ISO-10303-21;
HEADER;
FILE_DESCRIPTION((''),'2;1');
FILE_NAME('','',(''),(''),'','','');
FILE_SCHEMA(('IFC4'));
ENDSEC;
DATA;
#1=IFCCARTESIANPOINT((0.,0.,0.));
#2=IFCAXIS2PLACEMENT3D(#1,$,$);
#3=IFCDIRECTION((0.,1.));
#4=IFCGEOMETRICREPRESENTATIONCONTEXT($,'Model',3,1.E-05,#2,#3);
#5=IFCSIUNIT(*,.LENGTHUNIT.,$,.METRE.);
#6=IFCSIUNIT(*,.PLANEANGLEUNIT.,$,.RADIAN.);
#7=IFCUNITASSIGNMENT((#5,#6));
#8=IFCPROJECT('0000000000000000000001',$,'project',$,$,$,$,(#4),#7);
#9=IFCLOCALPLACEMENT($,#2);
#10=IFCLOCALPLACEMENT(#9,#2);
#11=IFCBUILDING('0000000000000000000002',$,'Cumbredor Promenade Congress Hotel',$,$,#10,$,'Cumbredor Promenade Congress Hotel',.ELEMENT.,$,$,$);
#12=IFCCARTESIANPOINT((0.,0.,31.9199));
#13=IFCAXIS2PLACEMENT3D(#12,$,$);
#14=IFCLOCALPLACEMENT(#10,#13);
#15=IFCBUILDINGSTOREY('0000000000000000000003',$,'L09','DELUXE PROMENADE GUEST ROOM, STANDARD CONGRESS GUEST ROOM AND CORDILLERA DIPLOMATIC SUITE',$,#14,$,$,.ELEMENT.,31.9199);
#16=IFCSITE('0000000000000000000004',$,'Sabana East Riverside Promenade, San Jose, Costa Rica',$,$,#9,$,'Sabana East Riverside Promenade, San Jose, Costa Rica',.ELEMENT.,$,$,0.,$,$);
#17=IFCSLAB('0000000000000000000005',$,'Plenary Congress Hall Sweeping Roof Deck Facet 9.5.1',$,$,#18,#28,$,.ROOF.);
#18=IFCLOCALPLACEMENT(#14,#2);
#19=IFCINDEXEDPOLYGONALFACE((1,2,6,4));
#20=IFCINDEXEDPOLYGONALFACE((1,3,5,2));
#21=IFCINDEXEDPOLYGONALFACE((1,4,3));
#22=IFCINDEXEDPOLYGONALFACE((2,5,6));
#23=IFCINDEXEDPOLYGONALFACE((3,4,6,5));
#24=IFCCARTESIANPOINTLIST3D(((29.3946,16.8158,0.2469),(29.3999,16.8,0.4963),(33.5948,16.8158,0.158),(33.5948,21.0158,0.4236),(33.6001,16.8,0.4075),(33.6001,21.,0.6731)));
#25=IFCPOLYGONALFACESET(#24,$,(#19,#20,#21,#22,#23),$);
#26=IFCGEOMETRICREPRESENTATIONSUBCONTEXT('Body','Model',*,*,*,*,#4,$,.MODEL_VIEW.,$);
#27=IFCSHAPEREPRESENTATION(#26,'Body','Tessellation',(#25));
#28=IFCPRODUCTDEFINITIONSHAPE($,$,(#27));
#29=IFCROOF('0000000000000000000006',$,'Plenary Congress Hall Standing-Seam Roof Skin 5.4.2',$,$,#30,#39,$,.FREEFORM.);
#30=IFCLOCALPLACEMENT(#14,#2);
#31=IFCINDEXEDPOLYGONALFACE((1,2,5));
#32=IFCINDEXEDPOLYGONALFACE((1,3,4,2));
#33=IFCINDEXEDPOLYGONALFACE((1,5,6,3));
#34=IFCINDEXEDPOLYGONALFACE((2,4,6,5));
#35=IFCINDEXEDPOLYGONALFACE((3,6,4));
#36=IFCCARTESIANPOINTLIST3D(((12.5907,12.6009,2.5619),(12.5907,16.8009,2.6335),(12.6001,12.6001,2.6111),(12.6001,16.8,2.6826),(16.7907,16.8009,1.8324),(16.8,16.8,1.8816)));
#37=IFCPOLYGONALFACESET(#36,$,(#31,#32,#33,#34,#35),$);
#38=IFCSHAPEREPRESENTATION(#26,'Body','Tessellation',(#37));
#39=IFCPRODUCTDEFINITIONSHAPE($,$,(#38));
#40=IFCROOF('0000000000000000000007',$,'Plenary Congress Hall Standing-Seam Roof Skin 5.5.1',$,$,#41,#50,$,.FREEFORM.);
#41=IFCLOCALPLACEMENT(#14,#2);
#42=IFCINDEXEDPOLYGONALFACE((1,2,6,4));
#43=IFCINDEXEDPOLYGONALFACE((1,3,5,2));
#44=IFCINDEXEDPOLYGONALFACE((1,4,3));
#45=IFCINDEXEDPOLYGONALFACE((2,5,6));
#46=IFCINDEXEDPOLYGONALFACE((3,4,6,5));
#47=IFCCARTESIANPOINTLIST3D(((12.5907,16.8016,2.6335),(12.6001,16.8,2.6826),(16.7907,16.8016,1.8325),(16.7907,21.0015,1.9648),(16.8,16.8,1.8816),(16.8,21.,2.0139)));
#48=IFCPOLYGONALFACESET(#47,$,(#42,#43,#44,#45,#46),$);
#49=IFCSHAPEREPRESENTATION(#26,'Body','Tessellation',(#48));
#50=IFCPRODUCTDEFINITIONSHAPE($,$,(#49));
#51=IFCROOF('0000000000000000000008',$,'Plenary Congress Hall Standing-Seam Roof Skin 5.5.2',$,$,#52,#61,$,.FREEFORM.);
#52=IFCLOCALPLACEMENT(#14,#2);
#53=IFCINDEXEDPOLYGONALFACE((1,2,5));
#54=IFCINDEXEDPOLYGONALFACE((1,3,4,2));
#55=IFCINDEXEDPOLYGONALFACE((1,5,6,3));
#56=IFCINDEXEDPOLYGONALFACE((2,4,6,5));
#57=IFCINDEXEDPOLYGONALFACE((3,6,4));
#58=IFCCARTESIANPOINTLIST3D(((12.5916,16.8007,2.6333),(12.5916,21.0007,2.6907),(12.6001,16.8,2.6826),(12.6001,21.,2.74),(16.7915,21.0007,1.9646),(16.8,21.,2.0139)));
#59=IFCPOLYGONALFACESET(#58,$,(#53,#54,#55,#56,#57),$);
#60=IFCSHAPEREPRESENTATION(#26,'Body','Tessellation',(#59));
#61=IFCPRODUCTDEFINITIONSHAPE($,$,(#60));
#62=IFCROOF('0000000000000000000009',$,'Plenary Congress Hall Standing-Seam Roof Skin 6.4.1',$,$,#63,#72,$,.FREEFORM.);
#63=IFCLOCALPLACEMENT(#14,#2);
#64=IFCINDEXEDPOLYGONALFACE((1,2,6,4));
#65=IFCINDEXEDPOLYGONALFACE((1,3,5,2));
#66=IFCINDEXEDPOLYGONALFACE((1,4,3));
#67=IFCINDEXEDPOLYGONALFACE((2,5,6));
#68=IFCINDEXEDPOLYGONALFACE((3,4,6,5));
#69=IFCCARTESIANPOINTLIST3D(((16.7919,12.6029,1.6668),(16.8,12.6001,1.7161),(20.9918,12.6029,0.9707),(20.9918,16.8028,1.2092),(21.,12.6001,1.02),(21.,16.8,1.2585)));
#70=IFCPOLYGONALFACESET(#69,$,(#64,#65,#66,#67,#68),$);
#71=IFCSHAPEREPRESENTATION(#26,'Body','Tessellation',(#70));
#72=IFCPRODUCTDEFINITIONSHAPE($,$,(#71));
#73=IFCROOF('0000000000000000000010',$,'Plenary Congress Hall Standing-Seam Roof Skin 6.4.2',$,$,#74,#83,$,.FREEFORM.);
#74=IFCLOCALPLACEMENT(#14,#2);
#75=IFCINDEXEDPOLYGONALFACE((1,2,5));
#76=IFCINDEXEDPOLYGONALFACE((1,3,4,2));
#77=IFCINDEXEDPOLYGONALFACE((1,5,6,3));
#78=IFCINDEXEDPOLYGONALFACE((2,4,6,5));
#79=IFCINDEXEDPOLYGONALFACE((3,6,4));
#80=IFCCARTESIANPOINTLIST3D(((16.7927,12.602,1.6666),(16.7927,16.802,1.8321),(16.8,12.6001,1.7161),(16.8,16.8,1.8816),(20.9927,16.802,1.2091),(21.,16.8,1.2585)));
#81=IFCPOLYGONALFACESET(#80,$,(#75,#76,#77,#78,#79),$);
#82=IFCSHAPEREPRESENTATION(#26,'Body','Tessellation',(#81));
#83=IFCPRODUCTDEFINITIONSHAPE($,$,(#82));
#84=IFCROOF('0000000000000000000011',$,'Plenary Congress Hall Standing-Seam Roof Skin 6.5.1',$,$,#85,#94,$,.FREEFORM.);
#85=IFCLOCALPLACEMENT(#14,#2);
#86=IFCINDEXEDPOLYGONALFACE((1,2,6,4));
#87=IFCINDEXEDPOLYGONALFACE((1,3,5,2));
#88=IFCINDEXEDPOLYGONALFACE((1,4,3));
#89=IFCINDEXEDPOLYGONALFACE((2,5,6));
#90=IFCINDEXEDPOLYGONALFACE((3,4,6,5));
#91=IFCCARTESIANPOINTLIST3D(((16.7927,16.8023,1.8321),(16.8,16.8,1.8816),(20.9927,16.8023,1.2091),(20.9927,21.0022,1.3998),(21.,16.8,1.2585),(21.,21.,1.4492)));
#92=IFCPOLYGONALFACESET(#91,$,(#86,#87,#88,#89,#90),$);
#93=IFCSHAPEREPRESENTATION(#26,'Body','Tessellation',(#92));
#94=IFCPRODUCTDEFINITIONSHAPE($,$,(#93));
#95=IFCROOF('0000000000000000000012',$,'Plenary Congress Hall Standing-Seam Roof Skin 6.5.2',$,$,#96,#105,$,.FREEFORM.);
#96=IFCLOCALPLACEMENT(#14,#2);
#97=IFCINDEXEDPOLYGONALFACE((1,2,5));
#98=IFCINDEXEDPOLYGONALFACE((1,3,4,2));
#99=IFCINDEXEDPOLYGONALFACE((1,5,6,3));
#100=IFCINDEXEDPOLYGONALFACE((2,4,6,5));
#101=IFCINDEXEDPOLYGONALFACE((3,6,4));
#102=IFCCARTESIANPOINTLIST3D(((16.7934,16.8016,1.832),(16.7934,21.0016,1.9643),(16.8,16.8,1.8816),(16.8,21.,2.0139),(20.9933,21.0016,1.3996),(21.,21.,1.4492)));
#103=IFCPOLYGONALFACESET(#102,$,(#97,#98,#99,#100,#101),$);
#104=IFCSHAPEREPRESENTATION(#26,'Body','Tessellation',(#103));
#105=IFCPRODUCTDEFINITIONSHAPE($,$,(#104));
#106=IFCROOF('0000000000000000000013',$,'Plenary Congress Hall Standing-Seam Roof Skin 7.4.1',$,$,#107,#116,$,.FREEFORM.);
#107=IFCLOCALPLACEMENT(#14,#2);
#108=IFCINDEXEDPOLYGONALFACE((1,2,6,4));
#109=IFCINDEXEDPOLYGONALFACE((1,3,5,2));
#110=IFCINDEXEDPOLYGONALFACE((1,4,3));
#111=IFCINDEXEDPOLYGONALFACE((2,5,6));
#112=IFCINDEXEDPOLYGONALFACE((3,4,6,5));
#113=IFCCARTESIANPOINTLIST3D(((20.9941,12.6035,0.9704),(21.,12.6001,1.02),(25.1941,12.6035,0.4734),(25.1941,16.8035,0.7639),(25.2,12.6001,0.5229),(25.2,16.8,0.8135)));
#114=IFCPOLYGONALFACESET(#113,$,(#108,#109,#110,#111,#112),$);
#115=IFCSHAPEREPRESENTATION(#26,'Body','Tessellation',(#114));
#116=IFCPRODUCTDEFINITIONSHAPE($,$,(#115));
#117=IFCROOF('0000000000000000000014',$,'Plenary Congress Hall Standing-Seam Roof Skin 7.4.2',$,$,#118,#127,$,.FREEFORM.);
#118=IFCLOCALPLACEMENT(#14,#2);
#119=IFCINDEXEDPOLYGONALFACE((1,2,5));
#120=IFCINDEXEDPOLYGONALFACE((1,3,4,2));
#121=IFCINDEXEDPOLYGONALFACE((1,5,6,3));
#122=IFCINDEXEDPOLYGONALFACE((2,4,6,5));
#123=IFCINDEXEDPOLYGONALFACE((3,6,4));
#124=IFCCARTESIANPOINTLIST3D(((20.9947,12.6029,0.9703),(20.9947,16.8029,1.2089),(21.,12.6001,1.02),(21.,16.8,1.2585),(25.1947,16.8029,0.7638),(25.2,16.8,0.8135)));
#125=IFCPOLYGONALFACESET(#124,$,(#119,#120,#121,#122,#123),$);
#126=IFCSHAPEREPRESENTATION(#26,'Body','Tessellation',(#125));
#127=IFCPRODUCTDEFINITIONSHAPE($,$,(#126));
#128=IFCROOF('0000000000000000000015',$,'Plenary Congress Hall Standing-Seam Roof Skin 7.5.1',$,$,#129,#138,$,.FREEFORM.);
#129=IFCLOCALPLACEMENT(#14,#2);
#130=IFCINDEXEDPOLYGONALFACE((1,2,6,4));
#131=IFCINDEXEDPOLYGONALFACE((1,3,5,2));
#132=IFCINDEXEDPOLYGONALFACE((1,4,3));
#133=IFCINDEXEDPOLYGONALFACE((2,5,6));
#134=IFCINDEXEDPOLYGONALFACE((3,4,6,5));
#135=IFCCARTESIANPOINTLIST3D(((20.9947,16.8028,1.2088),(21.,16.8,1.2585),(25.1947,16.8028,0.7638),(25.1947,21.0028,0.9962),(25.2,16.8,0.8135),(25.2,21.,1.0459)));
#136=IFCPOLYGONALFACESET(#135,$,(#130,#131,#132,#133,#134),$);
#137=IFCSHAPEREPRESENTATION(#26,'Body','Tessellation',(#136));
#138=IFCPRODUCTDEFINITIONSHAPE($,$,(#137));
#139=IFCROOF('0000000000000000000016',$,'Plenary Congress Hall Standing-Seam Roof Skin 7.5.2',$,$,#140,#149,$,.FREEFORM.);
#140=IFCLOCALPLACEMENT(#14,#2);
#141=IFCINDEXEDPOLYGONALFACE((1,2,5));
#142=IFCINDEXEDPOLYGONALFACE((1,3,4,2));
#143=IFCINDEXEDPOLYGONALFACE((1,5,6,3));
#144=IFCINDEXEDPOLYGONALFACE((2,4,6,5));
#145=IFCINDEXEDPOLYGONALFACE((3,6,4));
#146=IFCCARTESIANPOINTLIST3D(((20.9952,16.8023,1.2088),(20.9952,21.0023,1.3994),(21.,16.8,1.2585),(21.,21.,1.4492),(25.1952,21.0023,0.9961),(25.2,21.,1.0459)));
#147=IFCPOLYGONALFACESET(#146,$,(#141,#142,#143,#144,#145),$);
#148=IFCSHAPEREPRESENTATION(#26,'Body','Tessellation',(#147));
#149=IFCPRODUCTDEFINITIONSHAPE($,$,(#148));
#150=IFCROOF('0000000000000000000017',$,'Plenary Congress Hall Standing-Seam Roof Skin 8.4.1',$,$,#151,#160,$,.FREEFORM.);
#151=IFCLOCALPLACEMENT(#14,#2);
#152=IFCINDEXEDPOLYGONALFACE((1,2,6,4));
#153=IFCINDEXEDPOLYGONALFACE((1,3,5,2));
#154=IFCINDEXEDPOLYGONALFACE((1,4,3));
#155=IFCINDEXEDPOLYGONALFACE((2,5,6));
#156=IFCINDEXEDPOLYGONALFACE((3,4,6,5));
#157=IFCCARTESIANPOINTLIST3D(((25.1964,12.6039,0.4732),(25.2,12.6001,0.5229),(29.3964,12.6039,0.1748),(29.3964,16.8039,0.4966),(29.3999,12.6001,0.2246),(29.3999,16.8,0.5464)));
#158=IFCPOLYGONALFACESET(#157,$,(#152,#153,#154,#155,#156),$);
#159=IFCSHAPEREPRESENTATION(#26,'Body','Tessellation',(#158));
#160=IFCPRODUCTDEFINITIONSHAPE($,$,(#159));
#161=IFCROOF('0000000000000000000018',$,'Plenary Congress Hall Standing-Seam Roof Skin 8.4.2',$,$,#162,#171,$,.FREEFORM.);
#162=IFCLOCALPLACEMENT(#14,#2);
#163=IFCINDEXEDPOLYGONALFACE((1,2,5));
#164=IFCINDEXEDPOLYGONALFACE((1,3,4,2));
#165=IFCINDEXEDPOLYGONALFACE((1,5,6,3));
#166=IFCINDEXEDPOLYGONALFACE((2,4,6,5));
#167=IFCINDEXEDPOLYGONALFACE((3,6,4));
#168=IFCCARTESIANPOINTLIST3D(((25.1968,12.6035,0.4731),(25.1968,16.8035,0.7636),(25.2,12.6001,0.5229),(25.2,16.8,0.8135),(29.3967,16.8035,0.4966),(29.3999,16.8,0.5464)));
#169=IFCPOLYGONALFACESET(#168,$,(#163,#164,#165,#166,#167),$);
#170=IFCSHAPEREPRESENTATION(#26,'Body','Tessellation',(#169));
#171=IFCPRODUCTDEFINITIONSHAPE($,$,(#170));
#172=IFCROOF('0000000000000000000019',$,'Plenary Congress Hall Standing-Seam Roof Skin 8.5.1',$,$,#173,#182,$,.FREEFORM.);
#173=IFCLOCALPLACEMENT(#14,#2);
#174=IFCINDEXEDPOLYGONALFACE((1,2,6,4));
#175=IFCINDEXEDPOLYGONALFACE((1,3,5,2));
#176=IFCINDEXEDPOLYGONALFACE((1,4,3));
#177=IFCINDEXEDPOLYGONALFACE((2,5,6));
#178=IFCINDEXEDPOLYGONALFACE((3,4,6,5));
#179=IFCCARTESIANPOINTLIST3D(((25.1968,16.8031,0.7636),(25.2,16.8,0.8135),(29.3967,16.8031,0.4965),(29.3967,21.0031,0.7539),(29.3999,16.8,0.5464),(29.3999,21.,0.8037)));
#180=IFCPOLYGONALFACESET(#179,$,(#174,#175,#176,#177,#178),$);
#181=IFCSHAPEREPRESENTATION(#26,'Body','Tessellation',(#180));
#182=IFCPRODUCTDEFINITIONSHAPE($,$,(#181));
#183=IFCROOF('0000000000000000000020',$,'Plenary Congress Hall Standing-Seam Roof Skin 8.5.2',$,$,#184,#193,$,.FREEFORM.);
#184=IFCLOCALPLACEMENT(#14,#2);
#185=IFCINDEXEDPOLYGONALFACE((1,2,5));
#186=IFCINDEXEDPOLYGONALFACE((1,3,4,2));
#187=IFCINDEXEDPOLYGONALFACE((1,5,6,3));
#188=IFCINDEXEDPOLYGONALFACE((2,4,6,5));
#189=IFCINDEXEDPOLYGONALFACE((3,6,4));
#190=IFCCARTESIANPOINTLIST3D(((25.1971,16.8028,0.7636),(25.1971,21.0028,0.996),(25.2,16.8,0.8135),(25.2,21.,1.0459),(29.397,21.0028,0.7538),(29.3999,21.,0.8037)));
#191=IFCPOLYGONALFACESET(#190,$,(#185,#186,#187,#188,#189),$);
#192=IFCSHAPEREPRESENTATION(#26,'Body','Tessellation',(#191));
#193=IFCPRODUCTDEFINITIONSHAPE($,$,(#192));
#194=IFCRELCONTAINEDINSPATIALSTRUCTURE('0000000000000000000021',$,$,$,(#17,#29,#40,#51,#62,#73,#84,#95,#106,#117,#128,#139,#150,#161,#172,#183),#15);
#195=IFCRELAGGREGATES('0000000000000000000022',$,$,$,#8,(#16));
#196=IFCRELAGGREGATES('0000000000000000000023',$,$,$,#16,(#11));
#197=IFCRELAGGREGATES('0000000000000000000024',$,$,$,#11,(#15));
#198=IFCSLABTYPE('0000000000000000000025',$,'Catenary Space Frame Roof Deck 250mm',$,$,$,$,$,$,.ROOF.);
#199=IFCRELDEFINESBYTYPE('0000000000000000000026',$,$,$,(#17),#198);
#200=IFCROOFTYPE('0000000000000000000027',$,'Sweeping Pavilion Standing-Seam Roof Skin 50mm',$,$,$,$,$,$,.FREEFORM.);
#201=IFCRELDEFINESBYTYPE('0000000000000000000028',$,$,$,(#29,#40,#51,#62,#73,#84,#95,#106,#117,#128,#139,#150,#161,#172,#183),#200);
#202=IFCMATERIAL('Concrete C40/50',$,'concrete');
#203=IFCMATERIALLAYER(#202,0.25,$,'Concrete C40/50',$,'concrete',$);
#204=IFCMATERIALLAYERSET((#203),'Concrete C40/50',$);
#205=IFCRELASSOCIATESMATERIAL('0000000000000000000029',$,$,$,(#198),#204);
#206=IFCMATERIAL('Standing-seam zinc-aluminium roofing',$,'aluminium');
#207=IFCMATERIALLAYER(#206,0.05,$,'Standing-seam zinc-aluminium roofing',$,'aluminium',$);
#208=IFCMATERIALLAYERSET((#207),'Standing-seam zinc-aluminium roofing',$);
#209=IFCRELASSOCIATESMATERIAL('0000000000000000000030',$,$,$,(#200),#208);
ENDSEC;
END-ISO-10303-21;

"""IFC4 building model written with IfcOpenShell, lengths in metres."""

from ifc_helpers import new_model, si_unit, direction, frame, origin, place, context, subcontext, project, spatial, polyline, outline, extrude, material, layer, layer_set, type_object, element, save


model = new_model("IFC4")

# Units and contexts
model_context = context("Model", 3, precision=1e-05, world=origin(), true_north=direction((0.0, 1.0)))
body_context = subcontext(model_context, "Body", "Model", "MODEL_VIEW")
ifc_project = project(units=[si_unit("LENGTHUNIT", "METRE"), si_unit("PLANEANGLEUNIT", "RADIAN")], contexts=[model_context])

# Site, building, storey
site_placement = place(None, origin())
site = spatial("IfcSite", under=ifc_project, at=site_placement, Name="Sabana East Riverside Promenade, San Jose, Costa Rica", LongName="Sabana East Riverside Promenade, San Jose, Costa Rica", CompositionType="ELEMENT", RefElevation=0.0)
building_placement = place(site_placement, origin())
building = spatial("IfcBuilding", under=site, at=building_placement, Name="Cumbredor Promenade Congress Hotel", LongName="Cumbredor Promenade Congress Hotel", CompositionType="ELEMENT")
storey_placement = place(building_placement, frame((0.0, 0.0, 31.9199)))
storey = spatial("IfcBuildingStorey", under=building, at=storey_placement, Name="L09", Description="DELUXE PROMENADE GUEST ROOM, STANDARD CONGRESS GUEST ROOM AND CORDILLERA DIPLOMATIC SUITE", CompositionType="ELEMENT", Elevation=31.9199)

# Slab
ifc_material_1 = material(Name="Concrete C40/50", Category="concrete")
ifc_layer_1 = layer(ifc_material_1, 0.25, Name="Concrete C40/50", Category="concrete")
ifc_layer_set_1 = layer_set([ifc_layer_1], Name="Concrete C40/50")
slab_type = type_object("IfcSlabType", Name="Catenary Space Frame Roof Deck 250mm", PredefinedType="ROOF", material=ifc_layer_set_1)
slab_1_placement = place(storey_placement, frame((29.3999, 16.8, 0.4963), z_axis=(0.021111, -0.063105, 0.997784), x_axis=(0.999776, 0.0, -0.021153)))
element("IfcSlab", 1, at=slab_1_placement, inside=storey, type_object=slab_type, Name="Plenary Congress Hall Sweeping Roof Deck Facet 9.5.1", PredefinedType="ROOF", context=body_context, shape_type="SweptSolid", body=[
    extrude(outline(polyline([(0.0, 0.0), (4.2011, 0.0), (4.1955, 4.2083), (0.0, 0.0)])), origin(), (0.0, 0.0, -1.0), 0.25),
])

# Roofs
ifc_material_2 = material(Name="Standing-seam zinc-aluminium roofing", Category="aluminium")
ifc_layer_2 = layer(ifc_material_2, 0.05, Name="Standing-seam zinc-aluminium roofing", Category="aluminium")
ifc_layer_set_2 = layer_set([ifc_layer_2], Name="Standing-seam zinc-aluminium roofing")
roof_type = type_object("IfcRoofType", Name="Sweeping Pavilion Standing-Seam Roof Skin 50mm", PredefinedType="FREEFORM", material=ifc_layer_set_2)
roof_1_placement = place(storey_placement, frame((12.6001, 12.6001, 2.6111), z_axis=(0.187319, -0.016728, 0.982157), x_axis=(0.701833, 0.701833, -0.121902)))
element("IfcRoof", 2, at=roof_1_placement, inside=storey, type_object=roof_type, Name="Plenary Congress Hall Standing-Seam Roof Skin 5.4.2", PredefinedType="FREEFORM", context=body_context, shape_type="SweptSolid", body=[
    extrude(outline(polyline([(0.0, 0.0), (5.9843, 0.0), (2.9389, 3.0012), (0.0, 0.0)])), origin(), (0.0, 0.0, -1.0), 0.05),
])
roof_2_placement = place(storey_placement, frame((12.6001, 16.8, 2.6826), z_axis=(0.187256, -0.030933, 0.981824), x_axis=(0.982294, 0.0, -0.187346)))
element("IfcRoof", 3, at=roof_2_placement, inside=storey, type_object=roof_type, Name="Plenary Congress Hall Standing-Seam Roof Skin 5.5.1", PredefinedType="FREEFORM", context=body_context, shape_type="SweptSolid", body=[
    extrude(outline(polyline([(0.0, 0.0), (4.2757, 0.0), (4.2509, 4.202), (0.0, 0.0)])), origin(), (0.0, 0.0, -1.0), 0.05),
])
roof_3_placement = place(storey_placement, frame((12.6001, 16.8, 2.6826), z_axis=(0.170335, -0.01346, 0.985294), x_axis=(0.702668, 0.702668, -0.111876)))
element("IfcRoof", 4, at=roof_3_placement, inside=storey, type_object=roof_type, Name="Plenary Congress Hall Standing-Seam Roof Skin 5.5.2", PredefinedType="FREEFORM", context=body_context, shape_type="SweptSolid", body=[
    extrude(outline(polyline([(0.0, 0.0), (5.9772, 0.0), (2.9448, 2.9952), (0.0, 0.0)])), origin(), (0.0, 0.0, -1.0), 0.05),
])
roof_4_placement = place(storey_placement, frame((16.8, 12.6001, 1.7161), z_axis=(0.163241, -0.05594, 0.984999), x_axis=(0.986544, 0.0, -0.163497)))
element("IfcRoof", 5, at=roof_4_placement, inside=storey, type_object=roof_type, Name="Plenary Congress Hall Standing-Seam Roof Skin 6.4.1", PredefinedType="FREEFORM", context=body_context, shape_type="SweptSolid", body=[
    extrude(outline(polyline([(0.0, 0.0), (4.2572, 0.0), (4.2182, 4.2065), (0.0, 0.0)])), origin(), (0.0, 0.0, -1.0), 0.05),
])
roof_5_placement = place(storey_placement, frame((16.8, 12.6001, 1.7161), z_axis=(0.146629, -0.038956, 0.988424), x_axis=(0.705018, 0.705018, -0.076801)))
element("IfcRoof", 6, at=roof_5_placement, inside=storey, type_object=roof_type, Name="Plenary Congress Hall Standing-Seam Roof Skin 6.4.2", PredefinedType="FREEFORM", context=body_context, shape_type="SweptSolid", body=[
    extrude(outline(polyline([(0.0, 0.0), (5.9572, 0.0), (2.9483, 2.9957), (0.0, 0.0)])), origin(), (0.0, 0.0, -1.0), 0.05),
])
roof_6_placement = place(storey_placement, frame((16.8, 16.8, 1.8816), z_axis=(0.146593, -0.044862, 0.988179), x_axis=(0.989175, 0.0, -0.14674)))
element("IfcRoof", 7, at=roof_6_placement, inside=storey, type_object=roof_type, Name="Plenary Congress Hall Standing-Seam Roof Skin 6.5.1", PredefinedType="FREEFORM", context=body_context, shape_type="SweptSolid", body=[
    extrude(outline(polyline([(0.0, 0.0), (4.2459, 0.0), (4.2179, 4.2042), (0.0, 0.0)])), origin(), (0.0, 0.0, -1.0), 0.05),
])
roof_7_placement = place(storey_placement, frame((16.8, 16.8, 1.8816), z_axis=(0.133189, -0.03121, 0.990599), x_axis=(0.705241, 0.705241, -0.072603)))
element("IfcRoof", 8, at=roof_7_placement, inside=storey, type_object=roof_type, Name="Plenary Congress Hall Standing-Seam Roof Skin 6.5.2", PredefinedType="FREEFORM", context=body_context, shape_type="SweptSolid", body=[
    extrude(outline(polyline([(0.0, 0.0), (5.9553, 0.0), (2.9524, 2.9901), (0.0, 0.0)])), origin(), (0.0, 0.0, -1.0), 0.05),
])
roof_8_placement = place(storey_placement, frame((21.0, 12.6001, 1.02), z_axis=(0.117255, -0.068533, 0.990734), x_axis=(0.993069, 0.0, -0.117531)))
element("IfcRoof", 9, at=roof_8_placement, inside=storey, type_object=roof_type, Name="Plenary Congress Hall Standing-Seam Roof Skin 7.4.1", PredefinedType="FREEFORM", context=body_context, shape_type="SweptSolid", body=[
    extrude(outline(polyline([(0.0, 0.0), (4.2293, 0.0), (4.1951, 4.2098), (0.0, 0.0)])), origin(), (0.0, 0.0, -1.0), 0.05),
])
roof_9_placement = place(storey_placement, frame((21.0, 12.6001, 1.02), z_axis=(0.105212, -0.056386, 0.99285), x_axis=(0.70668, 0.70668, -0.034753)))
element("IfcRoof", 10, at=roof_9_placement, inside=storey, type_object=roof_type, Name="Plenary Congress Hall Standing-Seam Roof Skin 7.4.2", PredefinedType="FREEFORM", context=body_context, shape_type="SweptSolid", body=[
    extrude(outline(polyline([(0.0, 0.0), (5.9432, 0.0), (2.9597, 2.9894), (0.0, 0.0)])), origin(), (0.0, 0.0, -1.0), 0.05),
])
roof_10_placement = place(storey_placement, frame((21.0, 16.8, 1.2585), z_axis=(0.105221, -0.054948, 0.99293), x_axis=(0.994432, 0.0, -0.10538)))
element("IfcRoof", 11, at=roof_10_placement, inside=storey, type_object=roof_type, Name="Plenary Congress Hall Standing-Seam Roof Skin 7.5.1", PredefinedType="FREEFORM", context=body_context, shape_type="SweptSolid", body=[
    extrude(outline(polyline([(0.0, 0.0), (4.2235, 0.0), (4.199, 4.2063), (0.0, 0.0)])), origin(), (0.0, 0.0, -1.0), 0.05),
])
roof_11_placement = place(storey_placement, frame((21.0, 16.8, 1.2585), z_axis=(0.095493, -0.045145, 0.994406), x_axis=(0.706654, 0.706654, -0.035778)))
element("IfcRoof", 12, at=roof_11_placement, inside=storey, type_object=roof_type, Name="Plenary Congress Hall Standing-Seam Roof Skin 7.5.2", PredefinedType="FREEFORM", context=body_context, shape_type="SweptSolid", body=[
    extrude(outline(polyline([(0.0, 0.0), (5.9434, 0.0), (2.9611, 2.9846), (0.0, 0.0)])), origin(), (0.0, 0.0, -1.0), 0.05),
])
roof_12_placement = place(storey_placement, frame((25.2, 12.6001, 0.5229), z_axis=(0.07065, -0.0762, 0.994586), x_axis=(0.997487, 0.0, -0.070856)))
element("IfcRoof", 13, at=roof_12_placement, inside=storey, type_object=roof_type, Name="Plenary Congress Hall Standing-Seam Roof Skin 8.4.1", PredefinedType="FREEFORM", context=body_context, shape_type="SweptSolid", body=[
    extrude(outline(polyline([(0.0, 0.0), (4.2105, 0.0), (4.1877, 4.2122), (0.0, 0.0)])), origin(), (0.0, 0.0, -1.0), 0.05),
])
roof_13_placement = place(storey_placement, frame((25.2, 12.6001, 0.5229), z_axis=(0.063315, -0.068871, 0.995614), x_axis=(0.707101, 0.707101, 0.003946)))
element("IfcRoof", 14, at=roof_13_placement, inside=storey, type_object=roof_type, Name="Plenary Congress Hall Standing-Seam Roof Skin 8.4.2", PredefinedType="FREEFORM", context=body_context, shape_type="SweptSolid", body=[
    extrude(outline(polyline([(0.0, 0.0), (5.9397, 0.0), (2.9709, 2.9829), (0.0, 0.0)])), origin(), (0.0, 0.0, -1.0), 0.05),
])
roof_14_placement = place(storey_placement, frame((25.2, 16.8, 0.8135), z_axis=(0.063347, -0.061031, 0.996124), x_axis=(0.997984, 0.0, -0.063465)))
element("IfcRoof", 15, at=roof_14_placement, inside=storey, type_object=roof_type, Name="Plenary Congress Hall Standing-Seam Roof Skin 8.5.1", PredefinedType="FREEFORM", context=body_context, shape_type="SweptSolid", body=[
    extrude(outline(polyline([(0.0, 0.0), (4.2084, 0.0), (4.1921, 4.2078), (0.0, 0.0)])), origin(), (0.0, 0.0, -1.0), 0.05),
])
roof_15_placement = place(storey_placement, frame((25.2, 16.8, 0.8135), z_axis=(0.057481, -0.055163, 0.996821), x_axis=(0.707106, 0.707106, -0.001644)))
element("IfcRoof", 16, at=roof_15_placement, inside=storey, type_object=roof_type, Name="Plenary Congress Hall Standing-Seam Roof Skin 8.5.2", PredefinedType="FREEFORM", context=body_context, shape_type="SweptSolid", body=[
    extrude(outline(polyline([(0.0, 0.0), (5.9396, 0.0), (2.9694, 2.9793), (0.0, 0.0)])), origin(), (0.0, 0.0, -1.0), 0.05),
])

save(model, "model.ifc")
